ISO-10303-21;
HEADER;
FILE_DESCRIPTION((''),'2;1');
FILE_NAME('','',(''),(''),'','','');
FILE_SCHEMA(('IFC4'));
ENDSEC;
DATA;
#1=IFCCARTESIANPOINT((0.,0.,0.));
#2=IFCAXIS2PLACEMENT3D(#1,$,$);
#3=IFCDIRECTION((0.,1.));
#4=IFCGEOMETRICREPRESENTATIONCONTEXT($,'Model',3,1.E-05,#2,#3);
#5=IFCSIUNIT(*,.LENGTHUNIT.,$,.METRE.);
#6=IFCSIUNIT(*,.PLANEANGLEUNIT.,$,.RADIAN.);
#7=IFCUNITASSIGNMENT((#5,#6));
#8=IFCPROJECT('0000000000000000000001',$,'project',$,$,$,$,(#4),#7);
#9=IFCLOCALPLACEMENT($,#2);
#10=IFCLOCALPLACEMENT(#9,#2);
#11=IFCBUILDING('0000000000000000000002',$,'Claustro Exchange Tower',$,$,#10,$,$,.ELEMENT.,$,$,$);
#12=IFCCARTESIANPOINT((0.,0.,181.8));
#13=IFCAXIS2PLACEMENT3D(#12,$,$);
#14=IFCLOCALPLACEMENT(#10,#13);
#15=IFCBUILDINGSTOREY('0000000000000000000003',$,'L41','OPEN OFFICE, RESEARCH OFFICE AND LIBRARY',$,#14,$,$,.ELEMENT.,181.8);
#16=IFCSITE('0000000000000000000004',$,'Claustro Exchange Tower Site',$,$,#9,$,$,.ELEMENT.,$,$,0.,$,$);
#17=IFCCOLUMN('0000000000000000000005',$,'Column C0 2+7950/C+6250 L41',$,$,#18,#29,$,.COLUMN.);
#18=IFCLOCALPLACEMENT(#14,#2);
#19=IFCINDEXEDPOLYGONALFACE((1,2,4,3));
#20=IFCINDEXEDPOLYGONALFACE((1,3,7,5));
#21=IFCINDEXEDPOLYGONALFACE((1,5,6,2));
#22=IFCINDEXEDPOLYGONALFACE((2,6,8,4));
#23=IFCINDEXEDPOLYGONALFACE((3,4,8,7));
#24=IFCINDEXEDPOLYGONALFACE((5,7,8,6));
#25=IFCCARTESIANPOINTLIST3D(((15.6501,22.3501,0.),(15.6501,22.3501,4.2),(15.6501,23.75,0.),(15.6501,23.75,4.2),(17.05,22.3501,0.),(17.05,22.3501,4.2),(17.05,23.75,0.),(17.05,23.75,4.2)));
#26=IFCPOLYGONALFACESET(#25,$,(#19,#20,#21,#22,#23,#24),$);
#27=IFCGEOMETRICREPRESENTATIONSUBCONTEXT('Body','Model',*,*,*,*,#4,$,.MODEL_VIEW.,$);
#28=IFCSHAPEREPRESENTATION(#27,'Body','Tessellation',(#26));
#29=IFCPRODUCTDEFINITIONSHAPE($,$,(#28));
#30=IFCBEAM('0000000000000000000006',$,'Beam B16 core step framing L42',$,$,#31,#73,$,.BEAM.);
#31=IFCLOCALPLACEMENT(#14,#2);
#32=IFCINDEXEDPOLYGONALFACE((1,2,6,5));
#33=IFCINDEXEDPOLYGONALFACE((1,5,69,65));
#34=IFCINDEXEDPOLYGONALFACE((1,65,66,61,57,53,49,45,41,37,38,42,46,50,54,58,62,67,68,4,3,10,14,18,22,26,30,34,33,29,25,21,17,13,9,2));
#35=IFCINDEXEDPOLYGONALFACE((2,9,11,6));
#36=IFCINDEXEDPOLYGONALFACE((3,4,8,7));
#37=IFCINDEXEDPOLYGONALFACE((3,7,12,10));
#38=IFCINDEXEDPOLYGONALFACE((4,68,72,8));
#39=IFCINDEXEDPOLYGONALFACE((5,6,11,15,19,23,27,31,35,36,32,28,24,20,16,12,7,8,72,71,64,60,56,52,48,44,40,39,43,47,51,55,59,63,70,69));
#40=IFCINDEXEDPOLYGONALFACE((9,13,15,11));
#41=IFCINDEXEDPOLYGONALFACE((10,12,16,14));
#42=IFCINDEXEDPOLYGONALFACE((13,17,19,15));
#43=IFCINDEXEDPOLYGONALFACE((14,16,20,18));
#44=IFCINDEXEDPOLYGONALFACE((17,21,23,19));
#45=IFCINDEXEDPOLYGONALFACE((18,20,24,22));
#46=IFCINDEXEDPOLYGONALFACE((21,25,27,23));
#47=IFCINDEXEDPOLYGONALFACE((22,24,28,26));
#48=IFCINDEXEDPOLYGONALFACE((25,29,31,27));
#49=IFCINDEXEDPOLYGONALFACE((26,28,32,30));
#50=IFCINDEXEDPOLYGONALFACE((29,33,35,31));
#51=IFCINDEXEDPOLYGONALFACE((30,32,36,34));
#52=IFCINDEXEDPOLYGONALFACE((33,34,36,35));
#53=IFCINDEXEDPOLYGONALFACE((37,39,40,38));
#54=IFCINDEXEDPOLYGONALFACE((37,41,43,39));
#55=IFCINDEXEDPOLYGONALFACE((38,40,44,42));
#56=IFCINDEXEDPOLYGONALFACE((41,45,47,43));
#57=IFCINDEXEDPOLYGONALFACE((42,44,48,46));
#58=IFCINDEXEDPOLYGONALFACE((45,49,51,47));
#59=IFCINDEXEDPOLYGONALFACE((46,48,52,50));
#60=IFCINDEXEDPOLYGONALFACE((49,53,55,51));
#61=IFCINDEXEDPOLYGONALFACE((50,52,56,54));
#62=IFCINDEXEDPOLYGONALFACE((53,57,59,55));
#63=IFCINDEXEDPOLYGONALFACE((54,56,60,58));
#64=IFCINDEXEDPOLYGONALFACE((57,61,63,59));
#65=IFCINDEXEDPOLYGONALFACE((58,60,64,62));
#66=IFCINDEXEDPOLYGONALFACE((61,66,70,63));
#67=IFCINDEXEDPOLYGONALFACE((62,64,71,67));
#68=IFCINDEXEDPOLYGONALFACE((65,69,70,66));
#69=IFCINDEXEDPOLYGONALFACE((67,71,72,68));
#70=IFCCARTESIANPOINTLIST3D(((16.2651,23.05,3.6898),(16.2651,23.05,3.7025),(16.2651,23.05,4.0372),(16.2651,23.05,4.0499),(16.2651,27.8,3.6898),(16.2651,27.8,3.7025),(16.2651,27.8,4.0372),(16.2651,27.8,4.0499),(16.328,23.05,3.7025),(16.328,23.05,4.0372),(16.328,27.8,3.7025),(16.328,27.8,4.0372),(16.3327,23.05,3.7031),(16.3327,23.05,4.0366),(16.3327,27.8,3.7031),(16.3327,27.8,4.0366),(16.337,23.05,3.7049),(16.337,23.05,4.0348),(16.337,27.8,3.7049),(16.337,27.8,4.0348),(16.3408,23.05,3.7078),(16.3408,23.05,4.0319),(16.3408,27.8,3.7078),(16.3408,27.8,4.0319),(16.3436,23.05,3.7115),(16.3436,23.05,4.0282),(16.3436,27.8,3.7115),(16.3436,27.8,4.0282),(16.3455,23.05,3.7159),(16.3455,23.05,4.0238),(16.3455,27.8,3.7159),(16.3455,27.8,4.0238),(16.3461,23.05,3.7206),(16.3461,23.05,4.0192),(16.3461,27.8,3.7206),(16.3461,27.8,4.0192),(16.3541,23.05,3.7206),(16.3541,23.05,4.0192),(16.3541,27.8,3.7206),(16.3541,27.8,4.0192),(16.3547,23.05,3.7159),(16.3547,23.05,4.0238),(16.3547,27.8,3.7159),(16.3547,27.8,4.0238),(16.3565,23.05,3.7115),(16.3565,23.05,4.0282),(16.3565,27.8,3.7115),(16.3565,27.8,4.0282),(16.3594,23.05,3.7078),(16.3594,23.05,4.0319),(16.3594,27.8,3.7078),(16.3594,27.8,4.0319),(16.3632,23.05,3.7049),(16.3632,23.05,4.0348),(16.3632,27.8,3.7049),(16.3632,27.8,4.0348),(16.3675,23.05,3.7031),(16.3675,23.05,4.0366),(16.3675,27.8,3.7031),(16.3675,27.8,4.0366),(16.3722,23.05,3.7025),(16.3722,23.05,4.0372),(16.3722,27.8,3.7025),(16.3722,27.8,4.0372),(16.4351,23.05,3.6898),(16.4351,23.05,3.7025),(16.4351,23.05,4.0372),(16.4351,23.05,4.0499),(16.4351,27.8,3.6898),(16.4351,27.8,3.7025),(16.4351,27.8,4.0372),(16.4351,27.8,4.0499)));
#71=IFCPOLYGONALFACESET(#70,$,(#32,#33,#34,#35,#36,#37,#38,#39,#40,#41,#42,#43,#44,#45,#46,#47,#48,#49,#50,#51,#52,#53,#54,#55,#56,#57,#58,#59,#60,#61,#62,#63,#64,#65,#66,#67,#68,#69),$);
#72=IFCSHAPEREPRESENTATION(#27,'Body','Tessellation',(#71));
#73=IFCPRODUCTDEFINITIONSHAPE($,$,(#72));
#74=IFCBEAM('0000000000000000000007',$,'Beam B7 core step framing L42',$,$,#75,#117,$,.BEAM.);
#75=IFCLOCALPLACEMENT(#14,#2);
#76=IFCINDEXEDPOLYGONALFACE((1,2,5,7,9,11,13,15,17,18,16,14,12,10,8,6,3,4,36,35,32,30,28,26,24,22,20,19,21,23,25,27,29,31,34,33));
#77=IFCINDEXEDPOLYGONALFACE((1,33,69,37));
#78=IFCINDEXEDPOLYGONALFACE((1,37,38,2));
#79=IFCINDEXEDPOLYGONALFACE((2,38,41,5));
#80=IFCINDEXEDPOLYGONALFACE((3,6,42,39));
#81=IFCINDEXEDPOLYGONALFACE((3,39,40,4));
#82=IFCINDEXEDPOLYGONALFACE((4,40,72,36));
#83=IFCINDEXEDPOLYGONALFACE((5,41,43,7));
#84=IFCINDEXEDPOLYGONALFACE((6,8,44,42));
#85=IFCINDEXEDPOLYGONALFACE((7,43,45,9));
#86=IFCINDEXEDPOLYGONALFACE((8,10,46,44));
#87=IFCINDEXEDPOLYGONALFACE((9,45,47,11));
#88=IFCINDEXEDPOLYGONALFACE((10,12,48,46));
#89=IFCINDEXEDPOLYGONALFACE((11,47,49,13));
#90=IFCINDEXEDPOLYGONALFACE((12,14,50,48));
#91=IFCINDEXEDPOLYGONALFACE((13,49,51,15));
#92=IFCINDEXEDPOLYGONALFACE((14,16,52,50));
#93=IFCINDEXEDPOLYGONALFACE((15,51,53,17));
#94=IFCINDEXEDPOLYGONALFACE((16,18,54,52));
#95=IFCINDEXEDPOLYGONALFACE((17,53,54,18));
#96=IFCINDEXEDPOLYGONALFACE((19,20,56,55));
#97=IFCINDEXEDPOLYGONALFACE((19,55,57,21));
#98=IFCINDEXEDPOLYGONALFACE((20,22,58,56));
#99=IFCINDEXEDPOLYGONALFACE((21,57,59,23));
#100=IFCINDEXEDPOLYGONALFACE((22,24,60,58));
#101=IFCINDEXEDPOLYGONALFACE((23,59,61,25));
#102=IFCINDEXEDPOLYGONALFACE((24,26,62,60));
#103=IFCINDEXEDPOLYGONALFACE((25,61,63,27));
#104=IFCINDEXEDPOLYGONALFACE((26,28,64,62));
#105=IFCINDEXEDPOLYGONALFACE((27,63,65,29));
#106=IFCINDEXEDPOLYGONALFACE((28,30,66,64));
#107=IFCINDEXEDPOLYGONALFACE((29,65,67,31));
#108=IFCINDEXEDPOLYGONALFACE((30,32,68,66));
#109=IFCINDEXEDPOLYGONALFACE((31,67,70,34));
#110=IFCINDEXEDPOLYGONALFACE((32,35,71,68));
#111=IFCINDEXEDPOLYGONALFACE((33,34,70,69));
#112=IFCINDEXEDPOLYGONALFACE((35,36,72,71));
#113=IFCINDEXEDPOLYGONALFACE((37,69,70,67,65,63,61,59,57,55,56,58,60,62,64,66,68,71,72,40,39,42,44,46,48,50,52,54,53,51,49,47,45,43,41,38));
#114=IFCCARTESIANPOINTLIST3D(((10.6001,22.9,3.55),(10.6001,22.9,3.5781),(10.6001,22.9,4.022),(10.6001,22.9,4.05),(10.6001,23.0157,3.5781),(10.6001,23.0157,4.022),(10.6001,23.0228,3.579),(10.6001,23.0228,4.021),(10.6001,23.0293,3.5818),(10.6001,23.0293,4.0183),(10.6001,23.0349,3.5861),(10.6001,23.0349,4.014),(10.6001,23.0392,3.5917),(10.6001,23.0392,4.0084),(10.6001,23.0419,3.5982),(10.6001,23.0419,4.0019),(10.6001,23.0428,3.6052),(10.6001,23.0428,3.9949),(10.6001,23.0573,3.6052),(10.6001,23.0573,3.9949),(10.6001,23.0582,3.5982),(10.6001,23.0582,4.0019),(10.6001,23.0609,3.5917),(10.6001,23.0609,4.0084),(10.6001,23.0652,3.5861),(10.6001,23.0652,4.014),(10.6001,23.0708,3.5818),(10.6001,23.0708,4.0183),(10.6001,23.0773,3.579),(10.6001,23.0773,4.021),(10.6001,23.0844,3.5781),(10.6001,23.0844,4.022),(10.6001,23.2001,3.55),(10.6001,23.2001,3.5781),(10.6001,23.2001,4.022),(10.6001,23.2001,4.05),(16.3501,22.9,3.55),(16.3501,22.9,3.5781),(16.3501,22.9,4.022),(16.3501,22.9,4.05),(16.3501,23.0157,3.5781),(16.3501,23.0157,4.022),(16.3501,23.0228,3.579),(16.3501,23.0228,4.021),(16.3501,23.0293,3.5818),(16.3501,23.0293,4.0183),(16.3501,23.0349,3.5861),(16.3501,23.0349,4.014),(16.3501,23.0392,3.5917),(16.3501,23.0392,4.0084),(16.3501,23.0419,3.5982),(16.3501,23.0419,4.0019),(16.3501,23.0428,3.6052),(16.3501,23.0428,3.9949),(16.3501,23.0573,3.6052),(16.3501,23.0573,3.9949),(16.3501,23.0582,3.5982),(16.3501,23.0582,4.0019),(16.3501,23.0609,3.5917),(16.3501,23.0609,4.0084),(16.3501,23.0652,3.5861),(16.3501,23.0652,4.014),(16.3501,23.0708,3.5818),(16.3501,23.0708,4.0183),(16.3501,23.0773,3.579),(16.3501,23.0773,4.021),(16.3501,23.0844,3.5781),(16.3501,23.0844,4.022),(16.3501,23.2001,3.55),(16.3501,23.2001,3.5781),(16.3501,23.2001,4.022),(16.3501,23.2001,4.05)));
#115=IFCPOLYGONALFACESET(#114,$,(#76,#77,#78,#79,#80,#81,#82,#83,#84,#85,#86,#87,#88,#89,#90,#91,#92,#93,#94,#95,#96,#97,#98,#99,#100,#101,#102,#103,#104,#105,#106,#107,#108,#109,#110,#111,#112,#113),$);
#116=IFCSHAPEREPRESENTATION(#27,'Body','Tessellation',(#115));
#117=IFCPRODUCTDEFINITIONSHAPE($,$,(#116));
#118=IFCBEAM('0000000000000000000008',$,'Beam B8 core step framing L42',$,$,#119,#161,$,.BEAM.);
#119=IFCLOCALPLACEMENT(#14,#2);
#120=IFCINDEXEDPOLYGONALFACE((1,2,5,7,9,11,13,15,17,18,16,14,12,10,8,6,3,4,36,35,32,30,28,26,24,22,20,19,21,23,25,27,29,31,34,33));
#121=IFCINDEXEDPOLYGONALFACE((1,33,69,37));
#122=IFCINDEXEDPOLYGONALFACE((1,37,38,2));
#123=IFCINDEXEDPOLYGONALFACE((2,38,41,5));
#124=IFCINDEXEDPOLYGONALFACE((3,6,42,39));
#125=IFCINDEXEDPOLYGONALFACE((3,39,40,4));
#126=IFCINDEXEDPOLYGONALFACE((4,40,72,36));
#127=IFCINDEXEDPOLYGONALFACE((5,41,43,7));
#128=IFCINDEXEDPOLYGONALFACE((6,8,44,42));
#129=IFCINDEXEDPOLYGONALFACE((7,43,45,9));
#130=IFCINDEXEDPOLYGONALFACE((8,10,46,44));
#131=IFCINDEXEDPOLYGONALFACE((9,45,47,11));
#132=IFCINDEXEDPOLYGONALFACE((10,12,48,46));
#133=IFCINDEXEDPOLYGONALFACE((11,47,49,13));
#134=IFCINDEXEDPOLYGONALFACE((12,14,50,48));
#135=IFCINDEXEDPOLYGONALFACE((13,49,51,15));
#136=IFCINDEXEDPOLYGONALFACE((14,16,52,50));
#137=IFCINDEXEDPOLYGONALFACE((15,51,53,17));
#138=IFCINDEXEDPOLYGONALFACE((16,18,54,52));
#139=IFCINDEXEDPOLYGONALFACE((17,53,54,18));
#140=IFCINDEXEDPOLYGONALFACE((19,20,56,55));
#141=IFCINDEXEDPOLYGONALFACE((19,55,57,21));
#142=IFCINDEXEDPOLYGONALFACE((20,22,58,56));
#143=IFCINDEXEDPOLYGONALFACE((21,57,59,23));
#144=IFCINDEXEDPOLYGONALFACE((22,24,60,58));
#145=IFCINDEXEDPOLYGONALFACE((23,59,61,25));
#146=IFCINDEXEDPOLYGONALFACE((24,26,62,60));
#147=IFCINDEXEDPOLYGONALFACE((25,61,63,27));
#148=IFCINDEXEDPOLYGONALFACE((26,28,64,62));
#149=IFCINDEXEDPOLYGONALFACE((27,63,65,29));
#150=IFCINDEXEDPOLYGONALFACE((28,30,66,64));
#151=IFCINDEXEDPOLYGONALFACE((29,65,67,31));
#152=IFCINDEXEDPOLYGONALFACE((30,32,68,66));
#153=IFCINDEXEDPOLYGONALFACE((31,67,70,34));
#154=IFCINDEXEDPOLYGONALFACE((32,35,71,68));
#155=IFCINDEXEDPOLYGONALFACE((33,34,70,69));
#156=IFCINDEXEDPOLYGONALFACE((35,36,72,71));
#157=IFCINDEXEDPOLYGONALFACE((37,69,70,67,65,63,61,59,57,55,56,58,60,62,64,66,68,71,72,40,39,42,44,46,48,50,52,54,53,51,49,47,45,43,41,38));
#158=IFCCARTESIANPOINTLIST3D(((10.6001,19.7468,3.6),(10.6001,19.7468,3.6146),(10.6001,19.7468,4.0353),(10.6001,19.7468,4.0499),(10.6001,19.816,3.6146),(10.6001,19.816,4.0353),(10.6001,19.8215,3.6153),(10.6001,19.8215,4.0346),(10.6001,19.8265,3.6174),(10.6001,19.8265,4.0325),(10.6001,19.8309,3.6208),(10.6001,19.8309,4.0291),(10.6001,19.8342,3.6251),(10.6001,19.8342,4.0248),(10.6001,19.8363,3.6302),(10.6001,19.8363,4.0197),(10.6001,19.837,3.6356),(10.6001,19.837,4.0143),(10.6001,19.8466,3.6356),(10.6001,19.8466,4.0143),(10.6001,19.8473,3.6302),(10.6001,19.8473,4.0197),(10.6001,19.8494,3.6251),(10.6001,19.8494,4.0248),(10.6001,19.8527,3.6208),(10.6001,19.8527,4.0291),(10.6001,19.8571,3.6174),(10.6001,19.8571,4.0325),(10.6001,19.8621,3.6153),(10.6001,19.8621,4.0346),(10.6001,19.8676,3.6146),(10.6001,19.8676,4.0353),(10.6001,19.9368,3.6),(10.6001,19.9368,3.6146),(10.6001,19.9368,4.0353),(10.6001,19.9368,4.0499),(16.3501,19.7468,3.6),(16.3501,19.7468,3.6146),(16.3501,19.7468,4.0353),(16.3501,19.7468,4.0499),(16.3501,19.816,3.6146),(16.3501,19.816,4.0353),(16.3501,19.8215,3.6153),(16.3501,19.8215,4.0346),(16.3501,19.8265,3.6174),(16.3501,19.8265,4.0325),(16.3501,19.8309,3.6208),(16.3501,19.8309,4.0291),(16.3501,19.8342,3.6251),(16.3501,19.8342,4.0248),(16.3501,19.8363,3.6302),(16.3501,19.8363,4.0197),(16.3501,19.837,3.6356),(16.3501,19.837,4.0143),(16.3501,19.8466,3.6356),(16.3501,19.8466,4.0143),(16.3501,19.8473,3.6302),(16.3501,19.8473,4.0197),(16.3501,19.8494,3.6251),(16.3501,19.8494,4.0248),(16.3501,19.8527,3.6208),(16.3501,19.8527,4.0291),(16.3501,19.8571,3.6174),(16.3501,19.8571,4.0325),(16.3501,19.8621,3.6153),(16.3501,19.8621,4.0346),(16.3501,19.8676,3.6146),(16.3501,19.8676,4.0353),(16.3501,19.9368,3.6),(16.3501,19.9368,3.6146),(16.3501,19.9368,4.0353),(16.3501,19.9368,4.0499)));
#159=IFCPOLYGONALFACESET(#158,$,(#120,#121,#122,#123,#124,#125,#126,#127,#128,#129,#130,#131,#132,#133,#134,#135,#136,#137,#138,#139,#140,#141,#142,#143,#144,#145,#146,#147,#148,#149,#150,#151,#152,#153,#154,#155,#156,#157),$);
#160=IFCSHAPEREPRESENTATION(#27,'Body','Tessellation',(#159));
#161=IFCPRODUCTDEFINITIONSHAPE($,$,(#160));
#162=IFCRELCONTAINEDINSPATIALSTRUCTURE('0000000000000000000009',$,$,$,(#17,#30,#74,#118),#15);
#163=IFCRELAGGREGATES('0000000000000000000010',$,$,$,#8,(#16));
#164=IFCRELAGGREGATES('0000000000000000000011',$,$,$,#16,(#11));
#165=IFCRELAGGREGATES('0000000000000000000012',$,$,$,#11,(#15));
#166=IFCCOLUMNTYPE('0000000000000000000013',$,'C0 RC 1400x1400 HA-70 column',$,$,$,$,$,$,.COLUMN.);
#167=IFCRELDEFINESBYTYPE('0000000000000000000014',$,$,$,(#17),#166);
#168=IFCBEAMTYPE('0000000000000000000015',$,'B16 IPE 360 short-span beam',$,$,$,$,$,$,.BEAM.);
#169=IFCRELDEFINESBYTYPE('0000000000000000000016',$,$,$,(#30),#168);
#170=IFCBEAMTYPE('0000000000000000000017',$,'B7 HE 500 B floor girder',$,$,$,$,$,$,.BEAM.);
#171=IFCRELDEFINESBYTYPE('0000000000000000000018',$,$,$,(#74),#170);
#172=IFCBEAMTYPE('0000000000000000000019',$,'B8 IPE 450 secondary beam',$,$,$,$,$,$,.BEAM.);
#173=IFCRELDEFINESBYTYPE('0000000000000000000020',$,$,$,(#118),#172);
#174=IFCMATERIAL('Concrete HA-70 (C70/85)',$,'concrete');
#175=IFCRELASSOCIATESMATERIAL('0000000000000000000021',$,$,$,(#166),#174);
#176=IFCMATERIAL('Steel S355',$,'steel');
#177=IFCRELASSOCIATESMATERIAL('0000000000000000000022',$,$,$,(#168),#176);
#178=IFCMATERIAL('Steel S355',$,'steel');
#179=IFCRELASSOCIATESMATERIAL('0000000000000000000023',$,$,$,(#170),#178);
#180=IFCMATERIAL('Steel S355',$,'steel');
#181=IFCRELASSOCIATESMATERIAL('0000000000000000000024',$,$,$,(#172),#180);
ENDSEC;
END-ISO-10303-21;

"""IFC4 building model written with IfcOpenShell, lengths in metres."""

from ifc_helpers import new_model, si_unit, direction, frame, origin, origin_2d, place, context, subcontext, project, spatial, rectangle, i_section, extrude, material, material_profile, profile_set, type_object, element, save


model = new_model("IFC4")

# Units and contexts
model_context = context("Model", 3, precision=1e-05, world=origin(), true_north=direction((0.0, 1.0)))
body_context = subcontext(model_context, "Body", "Model", "MODEL_VIEW")
ifc_project = project(units=[si_unit("LENGTHUNIT", "METRE"), si_unit("PLANEANGLEUNIT", "RADIAN")], contexts=[model_context])

# Site, building, storey
site_placement = place(None, origin())
site = spatial("IfcSite", under=ifc_project, at=site_placement, Name="Claustro Exchange Tower Site", CompositionType="ELEMENT", RefElevation=0.0)
building_placement = place(site_placement, origin())
building = spatial("IfcBuilding", under=site, at=building_placement, Name="Claustro Exchange Tower", CompositionType="ELEMENT")
storey_placement = place(building_placement, frame((0.0, 0.0, 181.8)))
storey = spatial("IfcBuildingStorey", under=building, at=storey_placement, Name="L41", Description="OPEN OFFICE, RESEARCH OFFICE AND LIBRARY", CompositionType="ELEMENT", Elevation=181.8)

# Column
ifc_material_1 = material(Name="Concrete HA-70 (C70/85)", Category="concrete")
ifc_material_profile_1 = material_profile(ifc_material_1, rectangle(XDim=1.3999, YDim=1.3999, at=origin_2d()), Name="RC 1400x1400")
ifc_profile_set_1 = profile_set([ifc_material_profile_1], Name="Concrete HA-70 (C70/85)")
column_type = type_object("IfcColumnType", Name="C0 RC 1400x1400 HA-70 column", PredefinedType="COLUMN", material=ifc_profile_set_1)
column_placement = place(storey_placement, frame((16.3501, 23.05, 0.0), z_axis=(0.0, 0.0, 1.0), x_axis=(1.0, 0.0, 0.0)))
element("IfcColumn", 1, at=column_placement, inside=storey, type_object=column_type, Name="Column C0 2+7950/C+6250 L41", PredefinedType="COLUMN", context=body_context, shape_type="SweptSolid", body=[
    extrude(rectangle(XDim=1.3999, YDim=1.3999, at=origin_2d()), origin(), (0.0, 0.0, 1.0), 4.2),
])

# Beams
ifc_material_2 = material(Name="Steel S355", Category="steel")
ifc_material_profile_2 = material_profile(ifc_material_2, i_section(OverallWidth=0.1699, OverallDepth=0.3601, WebThickness=0.0081, FlangeThickness=0.0127, FilletRadius=0.0181, at=origin_2d()), Name="IPE 360")
ifc_profile_set_2 = profile_set([ifc_material_profile_2], Name="Steel S355")
beam_type_1 = type_object("IfcBeamType", Name="B16 IPE 360 short-span beam", PredefinedType="BEAM", material=ifc_profile_set_2)
beam_1_placement = place(storey_placement, frame((16.3501, 23.05, 3.8699), z_axis=(0.0, 1.0, 0.0), x_axis=(-1.0, 0.0, 0.0)))
element("IfcBeam", 2, at=beam_1_placement, inside=storey, type_object=beam_type_1, Name="Beam B16 core step framing L42", PredefinedType="BEAM", context=body_context, shape_type="SweptSolid", body=[
    extrude(i_section(OverallWidth=0.1699, OverallDepth=0.3601, WebThickness=0.0081, FlangeThickness=0.0127, FilletRadius=0.0181, at=origin_2d()), origin(), (0.0, 0.0, 1.0), 4.75),
])
ifc_material_3 = material(Name="Steel S355", Category="steel")
ifc_material_profile_3 = material_profile(ifc_material_3, i_section(OverallWidth=0.3, OverallDepth=0.5, WebThickness=0.0144, FlangeThickness=0.0281, FilletRadius=0.0271, at=origin_2d()), Name="HE 500 B")
ifc_profile_set_3 = profile_set([ifc_material_profile_3], Name="Steel S355")
beam_type_2 = type_object("IfcBeamType", Name="B7 HE 500 B floor girder", PredefinedType="BEAM", material=ifc_profile_set_3)
beam_2_placement = place(storey_placement, frame((10.6001, 23.05, 3.8), z_axis=(1.0, 0.0, 0.0), x_axis=(0.0, 1.0, 0.0)))
element("IfcBeam", 3, at=beam_2_placement, inside=storey, type_object=beam_type_2, Name="Beam B7 core step framing L42", PredefinedType="BEAM", context=body_context, shape_type="SweptSolid", body=[
    extrude(i_section(OverallWidth=0.3, OverallDepth=0.5, WebThickness=0.0144, FlangeThickness=0.0281, FilletRadius=0.0271, at=origin_2d()), origin(), (0.0, 0.0, 1.0), 5.75),
])
ifc_material_4 = material(Name="Steel S355", Category="steel")
ifc_material_profile_4 = material_profile(ifc_material_4, i_section(OverallWidth=0.1899, OverallDepth=0.45, WebThickness=0.0095, FlangeThickness=0.0146, FilletRadius=0.021, at=origin_2d()), Name="IPE 450")
ifc_profile_set_4 = profile_set([ifc_material_profile_4], Name="Steel S355")
beam_type_3 = type_object("IfcBeamType", Name="B8 IPE 450 secondary beam", PredefinedType="BEAM", material=ifc_profile_set_4)
for number, where, z_axis, x_axis, name in (
    (4, (10.6001, 19.8418, 3.825), (1.0, 0.0, 0.0), (0.0, 1.0, 0.0), "Beam B8 core step framing L42"),
):
    element("IfcBeam", number, at=place(storey_placement, frame(where, z_axis=z_axis, x_axis=x_axis)), inside=storey, type_object=beam_type_3, Name=name, PredefinedType="BEAM", context=body_context, shape_type="SweptSolid", body=[
        extrude(i_section(OverallWidth=0.1899, OverallDepth=0.45, WebThickness=0.0095, FlangeThickness=0.0146, FilletRadius=0.021, at=origin_2d()), origin(), (0.0, 0.0, 1.0), 5.75),
    ])

save(model, "model.ifc")
